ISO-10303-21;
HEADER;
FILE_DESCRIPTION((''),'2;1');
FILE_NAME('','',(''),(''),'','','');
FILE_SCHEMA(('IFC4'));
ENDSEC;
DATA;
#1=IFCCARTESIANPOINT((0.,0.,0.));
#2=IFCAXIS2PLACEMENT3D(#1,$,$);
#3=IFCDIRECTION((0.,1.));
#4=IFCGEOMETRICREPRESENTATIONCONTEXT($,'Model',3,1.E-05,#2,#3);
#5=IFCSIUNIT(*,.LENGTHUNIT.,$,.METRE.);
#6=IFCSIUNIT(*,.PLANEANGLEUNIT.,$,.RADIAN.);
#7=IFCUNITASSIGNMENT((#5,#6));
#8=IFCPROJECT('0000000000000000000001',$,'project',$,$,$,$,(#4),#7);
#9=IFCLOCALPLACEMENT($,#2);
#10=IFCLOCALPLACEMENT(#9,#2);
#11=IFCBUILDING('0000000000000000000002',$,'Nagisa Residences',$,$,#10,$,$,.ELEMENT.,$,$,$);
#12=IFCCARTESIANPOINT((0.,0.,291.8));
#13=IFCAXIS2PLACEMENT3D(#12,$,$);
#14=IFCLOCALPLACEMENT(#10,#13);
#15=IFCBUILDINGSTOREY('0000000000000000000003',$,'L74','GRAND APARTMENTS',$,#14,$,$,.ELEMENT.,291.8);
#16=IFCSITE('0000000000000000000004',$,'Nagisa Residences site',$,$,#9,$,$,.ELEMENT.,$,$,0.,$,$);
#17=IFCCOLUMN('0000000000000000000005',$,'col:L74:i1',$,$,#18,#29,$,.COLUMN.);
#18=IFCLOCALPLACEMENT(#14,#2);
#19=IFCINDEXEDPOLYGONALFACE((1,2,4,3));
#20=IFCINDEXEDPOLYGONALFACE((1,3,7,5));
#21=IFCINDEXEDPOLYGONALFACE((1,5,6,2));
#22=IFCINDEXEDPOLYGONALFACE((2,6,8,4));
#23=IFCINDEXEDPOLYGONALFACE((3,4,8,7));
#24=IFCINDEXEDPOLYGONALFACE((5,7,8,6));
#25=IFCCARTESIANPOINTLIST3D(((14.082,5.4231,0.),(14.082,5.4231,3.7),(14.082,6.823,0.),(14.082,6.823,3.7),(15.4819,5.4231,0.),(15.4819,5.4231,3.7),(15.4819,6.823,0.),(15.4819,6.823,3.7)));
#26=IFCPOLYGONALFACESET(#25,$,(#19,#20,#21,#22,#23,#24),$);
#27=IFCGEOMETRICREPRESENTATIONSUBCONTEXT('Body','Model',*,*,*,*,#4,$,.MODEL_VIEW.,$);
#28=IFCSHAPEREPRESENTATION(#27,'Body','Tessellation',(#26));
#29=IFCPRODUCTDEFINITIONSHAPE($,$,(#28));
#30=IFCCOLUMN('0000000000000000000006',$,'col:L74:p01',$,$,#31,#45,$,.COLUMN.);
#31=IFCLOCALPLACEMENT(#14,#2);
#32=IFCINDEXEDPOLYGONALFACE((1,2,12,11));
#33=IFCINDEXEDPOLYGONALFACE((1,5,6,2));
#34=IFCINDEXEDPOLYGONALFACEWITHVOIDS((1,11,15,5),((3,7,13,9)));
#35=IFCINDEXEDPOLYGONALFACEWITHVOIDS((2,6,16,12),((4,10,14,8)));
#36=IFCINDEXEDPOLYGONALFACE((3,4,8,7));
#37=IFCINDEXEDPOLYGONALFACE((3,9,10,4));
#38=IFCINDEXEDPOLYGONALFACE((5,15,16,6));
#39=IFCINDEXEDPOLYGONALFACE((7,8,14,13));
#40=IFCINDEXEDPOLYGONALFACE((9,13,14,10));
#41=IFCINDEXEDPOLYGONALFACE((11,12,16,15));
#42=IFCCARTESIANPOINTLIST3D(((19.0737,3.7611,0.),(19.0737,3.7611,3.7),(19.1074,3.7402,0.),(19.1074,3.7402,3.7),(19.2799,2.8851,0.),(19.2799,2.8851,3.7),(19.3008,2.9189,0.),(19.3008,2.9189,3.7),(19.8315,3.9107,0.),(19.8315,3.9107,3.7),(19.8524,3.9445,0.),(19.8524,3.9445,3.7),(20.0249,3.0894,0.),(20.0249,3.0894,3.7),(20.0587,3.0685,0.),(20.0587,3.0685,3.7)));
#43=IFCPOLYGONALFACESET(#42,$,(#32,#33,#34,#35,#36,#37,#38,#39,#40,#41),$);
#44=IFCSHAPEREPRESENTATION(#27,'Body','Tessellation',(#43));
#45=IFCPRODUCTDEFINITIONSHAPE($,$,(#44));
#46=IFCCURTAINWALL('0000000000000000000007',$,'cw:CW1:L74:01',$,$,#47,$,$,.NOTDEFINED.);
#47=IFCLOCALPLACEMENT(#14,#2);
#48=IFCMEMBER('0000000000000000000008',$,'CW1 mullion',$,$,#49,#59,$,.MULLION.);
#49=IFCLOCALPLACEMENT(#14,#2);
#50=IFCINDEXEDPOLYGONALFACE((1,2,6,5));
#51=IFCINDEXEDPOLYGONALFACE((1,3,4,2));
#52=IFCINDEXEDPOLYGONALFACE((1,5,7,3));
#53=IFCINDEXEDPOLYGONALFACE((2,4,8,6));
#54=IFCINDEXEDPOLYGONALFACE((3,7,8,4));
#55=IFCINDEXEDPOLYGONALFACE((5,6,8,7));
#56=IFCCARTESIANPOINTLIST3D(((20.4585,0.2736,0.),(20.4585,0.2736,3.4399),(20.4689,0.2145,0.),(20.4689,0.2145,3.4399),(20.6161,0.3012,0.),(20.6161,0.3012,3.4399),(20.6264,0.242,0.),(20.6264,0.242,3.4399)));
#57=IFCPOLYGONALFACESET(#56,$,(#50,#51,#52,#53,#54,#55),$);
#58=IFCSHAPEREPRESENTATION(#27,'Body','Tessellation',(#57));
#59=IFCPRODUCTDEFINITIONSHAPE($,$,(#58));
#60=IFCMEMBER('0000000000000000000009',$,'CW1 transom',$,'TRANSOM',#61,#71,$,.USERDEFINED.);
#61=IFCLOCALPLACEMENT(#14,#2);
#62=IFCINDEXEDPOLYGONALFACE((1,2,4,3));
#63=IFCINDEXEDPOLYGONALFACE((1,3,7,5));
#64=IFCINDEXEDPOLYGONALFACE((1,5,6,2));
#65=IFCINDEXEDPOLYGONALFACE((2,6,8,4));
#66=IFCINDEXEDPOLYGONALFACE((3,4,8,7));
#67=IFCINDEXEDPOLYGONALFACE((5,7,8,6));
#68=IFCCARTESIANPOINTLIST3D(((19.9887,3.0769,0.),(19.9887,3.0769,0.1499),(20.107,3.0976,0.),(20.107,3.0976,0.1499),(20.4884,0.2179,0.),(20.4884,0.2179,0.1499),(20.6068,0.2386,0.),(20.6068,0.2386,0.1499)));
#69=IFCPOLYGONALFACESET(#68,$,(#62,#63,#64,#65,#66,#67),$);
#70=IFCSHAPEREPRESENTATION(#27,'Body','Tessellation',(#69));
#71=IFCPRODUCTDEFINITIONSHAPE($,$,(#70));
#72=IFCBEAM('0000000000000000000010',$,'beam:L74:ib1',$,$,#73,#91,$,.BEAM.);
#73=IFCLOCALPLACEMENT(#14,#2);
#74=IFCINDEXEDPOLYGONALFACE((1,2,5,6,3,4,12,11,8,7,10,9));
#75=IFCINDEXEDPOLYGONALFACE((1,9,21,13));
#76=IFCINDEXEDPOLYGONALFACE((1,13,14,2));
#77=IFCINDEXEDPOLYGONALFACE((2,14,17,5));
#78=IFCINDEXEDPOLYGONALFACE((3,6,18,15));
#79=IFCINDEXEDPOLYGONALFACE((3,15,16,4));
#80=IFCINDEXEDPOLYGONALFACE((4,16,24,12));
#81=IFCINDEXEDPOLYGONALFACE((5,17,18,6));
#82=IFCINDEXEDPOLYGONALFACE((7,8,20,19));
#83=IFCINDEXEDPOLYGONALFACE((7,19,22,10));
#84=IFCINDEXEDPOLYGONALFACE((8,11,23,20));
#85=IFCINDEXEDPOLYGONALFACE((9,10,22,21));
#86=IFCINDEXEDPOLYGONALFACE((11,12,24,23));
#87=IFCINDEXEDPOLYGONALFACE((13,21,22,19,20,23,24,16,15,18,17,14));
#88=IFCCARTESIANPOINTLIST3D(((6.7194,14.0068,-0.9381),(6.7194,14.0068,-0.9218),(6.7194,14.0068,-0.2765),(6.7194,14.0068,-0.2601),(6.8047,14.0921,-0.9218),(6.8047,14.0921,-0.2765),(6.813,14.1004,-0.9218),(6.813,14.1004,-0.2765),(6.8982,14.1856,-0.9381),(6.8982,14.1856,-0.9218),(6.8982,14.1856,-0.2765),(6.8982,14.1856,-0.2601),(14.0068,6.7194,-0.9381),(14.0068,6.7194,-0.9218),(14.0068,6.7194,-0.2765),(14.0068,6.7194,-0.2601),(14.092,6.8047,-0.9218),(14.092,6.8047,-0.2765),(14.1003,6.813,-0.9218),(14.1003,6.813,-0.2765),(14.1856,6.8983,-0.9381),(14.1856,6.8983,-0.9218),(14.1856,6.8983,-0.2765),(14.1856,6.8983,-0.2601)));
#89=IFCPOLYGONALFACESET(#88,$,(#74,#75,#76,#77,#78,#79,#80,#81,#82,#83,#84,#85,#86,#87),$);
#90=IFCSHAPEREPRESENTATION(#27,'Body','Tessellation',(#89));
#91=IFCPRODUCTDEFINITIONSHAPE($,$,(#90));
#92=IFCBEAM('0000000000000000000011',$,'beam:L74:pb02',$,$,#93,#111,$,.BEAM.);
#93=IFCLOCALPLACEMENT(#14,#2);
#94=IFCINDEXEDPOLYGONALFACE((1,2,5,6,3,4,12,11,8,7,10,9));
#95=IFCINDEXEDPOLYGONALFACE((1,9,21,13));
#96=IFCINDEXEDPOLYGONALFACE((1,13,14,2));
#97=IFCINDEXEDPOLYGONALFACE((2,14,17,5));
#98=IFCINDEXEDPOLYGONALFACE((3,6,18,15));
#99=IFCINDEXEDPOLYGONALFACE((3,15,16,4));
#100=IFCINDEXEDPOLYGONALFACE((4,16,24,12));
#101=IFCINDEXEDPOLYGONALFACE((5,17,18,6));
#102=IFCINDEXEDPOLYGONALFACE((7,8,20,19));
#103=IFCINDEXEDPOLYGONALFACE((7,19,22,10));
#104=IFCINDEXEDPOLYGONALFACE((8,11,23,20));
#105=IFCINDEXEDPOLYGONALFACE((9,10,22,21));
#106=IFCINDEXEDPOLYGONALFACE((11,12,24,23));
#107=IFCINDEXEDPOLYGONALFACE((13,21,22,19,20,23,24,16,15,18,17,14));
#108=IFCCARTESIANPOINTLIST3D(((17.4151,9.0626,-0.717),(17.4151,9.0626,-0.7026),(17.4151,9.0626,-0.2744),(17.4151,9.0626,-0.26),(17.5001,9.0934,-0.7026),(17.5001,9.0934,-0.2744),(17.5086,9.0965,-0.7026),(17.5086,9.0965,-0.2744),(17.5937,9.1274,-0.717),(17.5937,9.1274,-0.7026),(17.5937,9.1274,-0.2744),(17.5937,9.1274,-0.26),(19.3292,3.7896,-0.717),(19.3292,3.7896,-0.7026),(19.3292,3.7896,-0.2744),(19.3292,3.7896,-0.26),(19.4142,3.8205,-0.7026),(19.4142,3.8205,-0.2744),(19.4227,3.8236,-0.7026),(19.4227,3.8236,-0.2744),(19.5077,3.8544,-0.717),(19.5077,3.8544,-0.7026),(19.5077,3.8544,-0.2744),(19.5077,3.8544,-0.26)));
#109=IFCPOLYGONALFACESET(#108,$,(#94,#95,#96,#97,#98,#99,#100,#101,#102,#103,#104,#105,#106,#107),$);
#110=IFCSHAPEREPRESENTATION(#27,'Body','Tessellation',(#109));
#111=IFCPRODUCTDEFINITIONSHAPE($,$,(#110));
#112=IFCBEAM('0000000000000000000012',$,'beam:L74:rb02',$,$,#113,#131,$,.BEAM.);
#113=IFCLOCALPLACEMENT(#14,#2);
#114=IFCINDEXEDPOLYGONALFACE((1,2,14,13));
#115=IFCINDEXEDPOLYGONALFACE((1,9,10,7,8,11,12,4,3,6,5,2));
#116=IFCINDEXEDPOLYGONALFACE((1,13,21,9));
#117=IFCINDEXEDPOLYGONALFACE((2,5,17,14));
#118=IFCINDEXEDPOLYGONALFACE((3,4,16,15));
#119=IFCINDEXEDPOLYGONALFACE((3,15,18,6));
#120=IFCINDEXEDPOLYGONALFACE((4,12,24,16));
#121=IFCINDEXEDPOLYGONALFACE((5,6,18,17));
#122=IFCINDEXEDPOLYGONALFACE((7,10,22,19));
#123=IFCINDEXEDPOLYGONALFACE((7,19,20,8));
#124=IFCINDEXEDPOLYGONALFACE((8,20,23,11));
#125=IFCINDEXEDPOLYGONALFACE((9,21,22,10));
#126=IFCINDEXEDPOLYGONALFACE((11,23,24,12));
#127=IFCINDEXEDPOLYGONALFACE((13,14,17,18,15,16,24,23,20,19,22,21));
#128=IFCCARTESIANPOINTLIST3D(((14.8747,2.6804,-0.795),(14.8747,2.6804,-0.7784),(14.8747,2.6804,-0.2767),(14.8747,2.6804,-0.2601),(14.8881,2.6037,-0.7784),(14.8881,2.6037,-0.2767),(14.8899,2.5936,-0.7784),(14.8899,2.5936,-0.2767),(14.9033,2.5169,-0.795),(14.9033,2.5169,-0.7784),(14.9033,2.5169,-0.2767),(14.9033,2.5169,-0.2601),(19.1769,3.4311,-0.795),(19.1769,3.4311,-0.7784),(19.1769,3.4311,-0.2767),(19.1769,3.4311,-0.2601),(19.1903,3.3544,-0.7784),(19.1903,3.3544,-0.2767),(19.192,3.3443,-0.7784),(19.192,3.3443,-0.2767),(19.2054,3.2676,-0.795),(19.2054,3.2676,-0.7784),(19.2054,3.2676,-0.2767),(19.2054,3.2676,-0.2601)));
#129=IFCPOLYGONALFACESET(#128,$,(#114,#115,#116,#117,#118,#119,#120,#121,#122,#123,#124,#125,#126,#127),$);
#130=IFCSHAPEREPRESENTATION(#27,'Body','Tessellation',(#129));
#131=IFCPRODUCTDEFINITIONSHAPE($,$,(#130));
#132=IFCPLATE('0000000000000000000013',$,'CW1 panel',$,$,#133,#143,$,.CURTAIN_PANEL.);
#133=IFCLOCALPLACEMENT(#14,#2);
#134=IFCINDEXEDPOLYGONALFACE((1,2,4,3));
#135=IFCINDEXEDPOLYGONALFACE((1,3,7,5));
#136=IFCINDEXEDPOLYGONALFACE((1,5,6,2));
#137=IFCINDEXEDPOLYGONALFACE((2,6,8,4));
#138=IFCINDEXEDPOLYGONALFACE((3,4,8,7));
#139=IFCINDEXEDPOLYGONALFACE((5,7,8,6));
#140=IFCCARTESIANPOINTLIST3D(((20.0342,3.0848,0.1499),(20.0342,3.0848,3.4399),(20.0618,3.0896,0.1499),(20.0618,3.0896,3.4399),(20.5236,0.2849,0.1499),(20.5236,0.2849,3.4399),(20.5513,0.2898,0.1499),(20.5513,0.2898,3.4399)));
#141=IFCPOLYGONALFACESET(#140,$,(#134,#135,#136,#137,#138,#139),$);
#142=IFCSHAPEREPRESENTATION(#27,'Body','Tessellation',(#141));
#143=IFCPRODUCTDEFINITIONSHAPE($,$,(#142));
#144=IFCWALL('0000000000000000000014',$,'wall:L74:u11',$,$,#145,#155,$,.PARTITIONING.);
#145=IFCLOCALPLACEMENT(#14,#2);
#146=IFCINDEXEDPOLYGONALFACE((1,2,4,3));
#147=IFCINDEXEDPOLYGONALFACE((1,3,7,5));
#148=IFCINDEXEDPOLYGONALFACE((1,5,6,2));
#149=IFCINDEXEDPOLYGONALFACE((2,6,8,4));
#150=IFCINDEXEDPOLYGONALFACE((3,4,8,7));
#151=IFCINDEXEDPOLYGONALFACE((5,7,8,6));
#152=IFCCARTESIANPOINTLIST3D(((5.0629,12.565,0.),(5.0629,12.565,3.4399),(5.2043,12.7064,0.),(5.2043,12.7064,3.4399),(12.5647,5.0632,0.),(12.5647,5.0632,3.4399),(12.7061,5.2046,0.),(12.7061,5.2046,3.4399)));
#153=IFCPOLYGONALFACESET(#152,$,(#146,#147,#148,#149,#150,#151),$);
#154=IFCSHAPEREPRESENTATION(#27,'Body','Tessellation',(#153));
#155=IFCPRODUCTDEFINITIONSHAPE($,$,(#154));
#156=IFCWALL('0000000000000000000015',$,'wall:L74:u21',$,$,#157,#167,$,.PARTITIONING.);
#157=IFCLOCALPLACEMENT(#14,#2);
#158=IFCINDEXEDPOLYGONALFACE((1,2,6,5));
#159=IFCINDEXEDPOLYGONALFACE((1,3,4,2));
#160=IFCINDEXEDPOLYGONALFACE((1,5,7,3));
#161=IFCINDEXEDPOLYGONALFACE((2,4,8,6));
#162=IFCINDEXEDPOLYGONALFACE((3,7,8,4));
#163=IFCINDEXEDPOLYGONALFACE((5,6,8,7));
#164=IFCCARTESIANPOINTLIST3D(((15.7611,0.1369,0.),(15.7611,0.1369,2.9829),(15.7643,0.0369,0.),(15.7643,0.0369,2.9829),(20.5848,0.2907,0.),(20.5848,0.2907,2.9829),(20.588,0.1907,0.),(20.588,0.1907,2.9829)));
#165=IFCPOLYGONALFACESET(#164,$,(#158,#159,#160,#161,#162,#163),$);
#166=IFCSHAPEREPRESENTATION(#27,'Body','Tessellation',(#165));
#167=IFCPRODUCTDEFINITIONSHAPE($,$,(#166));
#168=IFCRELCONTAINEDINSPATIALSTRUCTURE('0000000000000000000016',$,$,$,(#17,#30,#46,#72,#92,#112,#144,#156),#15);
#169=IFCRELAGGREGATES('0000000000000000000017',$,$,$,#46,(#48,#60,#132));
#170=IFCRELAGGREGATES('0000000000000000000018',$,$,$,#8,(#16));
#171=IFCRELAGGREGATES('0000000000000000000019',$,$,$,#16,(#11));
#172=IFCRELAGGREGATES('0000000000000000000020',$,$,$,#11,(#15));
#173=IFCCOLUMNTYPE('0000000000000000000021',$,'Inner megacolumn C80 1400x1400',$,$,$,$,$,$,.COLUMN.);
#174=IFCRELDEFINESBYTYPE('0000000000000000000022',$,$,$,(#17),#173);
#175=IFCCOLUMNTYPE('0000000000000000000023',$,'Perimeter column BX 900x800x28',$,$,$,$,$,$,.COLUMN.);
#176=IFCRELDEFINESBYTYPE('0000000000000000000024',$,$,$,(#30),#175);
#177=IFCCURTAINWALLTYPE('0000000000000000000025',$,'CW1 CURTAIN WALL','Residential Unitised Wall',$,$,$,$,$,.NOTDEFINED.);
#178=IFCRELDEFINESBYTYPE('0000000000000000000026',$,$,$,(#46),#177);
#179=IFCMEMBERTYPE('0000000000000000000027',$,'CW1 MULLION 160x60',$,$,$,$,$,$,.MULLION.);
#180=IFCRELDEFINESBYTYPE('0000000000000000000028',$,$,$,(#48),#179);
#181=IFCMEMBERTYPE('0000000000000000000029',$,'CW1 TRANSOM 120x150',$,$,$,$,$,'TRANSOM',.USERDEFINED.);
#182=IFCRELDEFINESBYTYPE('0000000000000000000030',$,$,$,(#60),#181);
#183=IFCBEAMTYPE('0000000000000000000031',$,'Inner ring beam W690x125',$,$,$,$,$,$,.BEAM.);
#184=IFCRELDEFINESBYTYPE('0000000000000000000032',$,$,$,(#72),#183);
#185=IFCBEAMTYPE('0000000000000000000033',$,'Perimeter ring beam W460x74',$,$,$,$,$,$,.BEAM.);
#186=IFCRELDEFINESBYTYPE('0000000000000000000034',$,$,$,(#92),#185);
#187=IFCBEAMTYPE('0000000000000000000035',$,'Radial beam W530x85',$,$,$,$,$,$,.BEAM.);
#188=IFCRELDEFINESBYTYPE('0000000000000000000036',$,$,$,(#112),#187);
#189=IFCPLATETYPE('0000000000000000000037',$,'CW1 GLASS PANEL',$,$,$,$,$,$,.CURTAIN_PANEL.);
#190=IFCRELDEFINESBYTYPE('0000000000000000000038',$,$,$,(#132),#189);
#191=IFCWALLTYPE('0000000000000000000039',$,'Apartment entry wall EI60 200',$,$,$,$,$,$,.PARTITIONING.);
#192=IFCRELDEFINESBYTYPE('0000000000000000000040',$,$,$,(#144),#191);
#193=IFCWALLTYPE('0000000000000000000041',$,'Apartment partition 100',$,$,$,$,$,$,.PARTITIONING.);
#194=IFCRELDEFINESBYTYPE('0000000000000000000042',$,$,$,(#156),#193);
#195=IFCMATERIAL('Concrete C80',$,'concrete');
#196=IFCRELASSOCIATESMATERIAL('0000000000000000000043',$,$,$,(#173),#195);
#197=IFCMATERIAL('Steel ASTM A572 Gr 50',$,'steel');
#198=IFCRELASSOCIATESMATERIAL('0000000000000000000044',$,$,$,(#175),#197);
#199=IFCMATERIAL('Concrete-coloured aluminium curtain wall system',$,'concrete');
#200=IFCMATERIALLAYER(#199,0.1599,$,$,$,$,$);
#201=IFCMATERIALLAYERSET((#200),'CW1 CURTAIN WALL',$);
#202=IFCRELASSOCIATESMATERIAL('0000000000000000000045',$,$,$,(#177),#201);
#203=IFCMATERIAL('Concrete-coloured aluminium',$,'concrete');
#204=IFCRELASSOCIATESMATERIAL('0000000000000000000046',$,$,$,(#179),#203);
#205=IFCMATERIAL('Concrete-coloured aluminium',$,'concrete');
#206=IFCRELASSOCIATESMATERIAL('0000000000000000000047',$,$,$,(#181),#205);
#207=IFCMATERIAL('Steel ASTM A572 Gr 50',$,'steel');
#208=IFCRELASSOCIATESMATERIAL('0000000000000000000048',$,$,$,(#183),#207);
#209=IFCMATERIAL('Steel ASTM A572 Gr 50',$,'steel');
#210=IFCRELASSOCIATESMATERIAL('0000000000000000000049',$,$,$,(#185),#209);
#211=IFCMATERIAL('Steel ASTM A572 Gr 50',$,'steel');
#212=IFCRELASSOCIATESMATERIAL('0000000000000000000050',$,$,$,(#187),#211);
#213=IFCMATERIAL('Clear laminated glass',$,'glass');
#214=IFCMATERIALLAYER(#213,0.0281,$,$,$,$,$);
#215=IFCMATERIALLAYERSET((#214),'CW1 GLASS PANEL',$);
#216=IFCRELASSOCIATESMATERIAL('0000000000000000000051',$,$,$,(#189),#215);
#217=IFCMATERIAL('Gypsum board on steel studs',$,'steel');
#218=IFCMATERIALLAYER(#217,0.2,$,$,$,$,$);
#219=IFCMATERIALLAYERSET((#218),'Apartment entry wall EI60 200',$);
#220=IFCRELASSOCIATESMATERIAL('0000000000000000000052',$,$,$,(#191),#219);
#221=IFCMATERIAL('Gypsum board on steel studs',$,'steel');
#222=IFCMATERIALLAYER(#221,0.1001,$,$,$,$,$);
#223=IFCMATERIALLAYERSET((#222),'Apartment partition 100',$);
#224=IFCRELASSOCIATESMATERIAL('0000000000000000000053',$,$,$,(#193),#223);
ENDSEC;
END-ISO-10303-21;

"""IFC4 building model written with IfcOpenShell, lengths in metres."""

from ifc_helpers import new_model, si_unit, direction, frame, frame_2d, origin, origin_2d, place, context, subcontext, project, spatial, rectangle, hollow_rectangle, i_section, extrude, material, layer, layer_set, material_profile, profile_set, type_object, element, aggregate, save


model = new_model("IFC4")

# Units and contexts
model_context = context("Model", 3, precision=1e-05, world=origin(), true_north=direction((0.0, 1.0)))
body_context = subcontext(model_context, "Body", "Model", "MODEL_VIEW")
ifc_project = project(units=[si_unit("LENGTHUNIT", "METRE"), si_unit("PLANEANGLEUNIT", "RADIAN")], contexts=[model_context])

# Site, building, storey
site_placement = place(None, origin())
site = spatial("IfcSite", under=ifc_project, at=site_placement, Name="Nagisa Residences site", CompositionType="ELEMENT", RefElevation=0.0)
building_placement = place(site_placement, origin())
building = spatial("IfcBuilding", under=site, at=building_placement, Name="Nagisa Residences", CompositionType="ELEMENT")
storey_placement = place(building_placement, frame((0.0, 0.0, 291.8)))
storey = spatial("IfcBuildingStorey", under=building, at=storey_placement, Name="L74", Description="GRAND APARTMENTS", CompositionType="ELEMENT", Elevation=291.8)

# Columns
ifc_material_1 = material(Name="Concrete C80", Category="concrete")
ifc_material_profile_1 = material_profile(ifc_material_1, rectangle(XDim=1.3999, YDim=1.3999, at=origin_2d()), Name="C80 1400x1400")
ifc_profile_set_1 = profile_set([ifc_material_profile_1], Name="Concrete C80")
column_type_1 = type_object("IfcColumnType", Name="Inner megacolumn C80 1400x1400", PredefinedType="COLUMN", material=ifc_profile_set_1)
column_1_placement = place(storey_placement, frame((14.782, 6.123, 0.0), z_axis=(0.0, 0.0, 1.0), x_axis=(1.0, 0.0, 0.0)))
element("IfcColumn", 1, at=column_1_placement, inside=storey, type_object=column_type_1, Name="col:L74:i1", PredefinedType="COLUMN", context=body_context, shape_type="SweptSolid", body=[
    extrude(rectangle(XDim=1.3999, YDim=1.3999, at=origin_2d()), origin(), (0.0, 0.0, 1.0), 3.7),
])
ifc_material_2 = material(Name="Steel ASTM A572 Gr 50", Category="steel")
ifc_material_profile_2 = material_profile(ifc_material_2, hollow_rectangle(XDim=0.8999, YDim=0.8, WallThickness=0.0281, at=origin_2d()), Name="BX 900x800x28")
ifc_profile_set_2 = profile_set([ifc_material_profile_2], Name="Steel ASTM A572 Gr 50")
column_type_2 = type_object("IfcColumnType", Name="Perimeter column BX 900x800x28", PredefinedType="COLUMN", material=ifc_profile_set_2)
column_2_placement = place(storey_placement, frame((19.5662, 3.4148, 0.0), z_axis=(0.0, 0.0, 1.0), x_axis=(-0.229202, 0.973379, 0.0)))
element("IfcColumn", 2, at=column_2_placement, inside=storey, type_object=column_type_2, Name="col:L74:p01", PredefinedType="COLUMN", context=body_context, shape_type="SweptSolid", body=[
    extrude(hollow_rectangle(XDim=0.8999, YDim=0.8, WallThickness=0.0281, at=origin_2d()), origin(), (0.0, 0.0, 1.0), 3.7),
])

# Curtain wall, members
ifc_material_3 = material(Name="Concrete-coloured aluminium curtain wall system", Category="concrete")
ifc_layer_1 = layer(ifc_material_3, 0.1599)
ifc_layer_set_1 = layer_set([ifc_layer_1], Name="CW1 CURTAIN WALL")
curtain_wall_type = type_object("IfcCurtainWallType", Name="CW1 CURTAIN WALL", Description="Residential Unitised Wall", PredefinedType="NOTDEFINED", material=ifc_layer_set_1)
curtain_wall_placement = place(storey_placement, origin())
curtain_wall = element("IfcCurtainWall", 3, at=curtain_wall_placement, inside=storey, type_object=curtain_wall_type, Name="cw:CW1:L74:01", PredefinedType="NOTDEFINED")
ifc_material_4 = material(Name="Concrete-coloured aluminium", Category="concrete")
ifc_material_profile_3 = material_profile(ifc_material_4, rectangle(XDim=0.1599, YDim=0.0601, at=origin_2d()), Name="CW1 MULLION 160x60")
ifc_profile_set_3 = profile_set([ifc_material_profile_3], Name="Concrete-coloured aluminium")
member_type_1 = type_object("IfcMemberType", Name="CW1 MULLION 160x60", PredefinedType="MULLION", material=ifc_profile_set_3)
member_1_placement = place(storey_placement, frame((20.5425, 0.2578, 0.0), z_axis=(0.0, 0.0, 1.0), x_axis=(-0.985064, -0.172191, 0.0)))
member_1 = element("IfcMember", 4, at=member_1_placement, type_object=member_type_1, Name="CW1 mullion", PredefinedType="MULLION", context=body_context, shape_type="SweptSolid", body=[
    extrude(rectangle(XDim=0.1599, YDim=0.0601, at=origin_2d()), origin(), (0.0, 0.0, 1.0), 3.4399),
])
ifc_material_5 = material(Name="Concrete-coloured aluminium", Category="concrete")
ifc_material_profile_4 = material_profile(ifc_material_5, rectangle(XDim=0.1201, YDim=0.1499, at=origin_2d()), Name="CW1 TRANSOM 120x150")
ifc_profile_set_4 = profile_set([ifc_material_profile_4], Name="Concrete-coloured aluminium")
member_type_2 = type_object("IfcMemberType", Name="CW1 TRANSOM 120x150", ElementType="TRANSOM", PredefinedType="USERDEFINED", material=ifc_profile_set_4)
member_2_placement = place(storey_placement, frame((20.5476, 0.2283, 0.075), z_axis=(-0.172197, 0.985063, 0.0), x_axis=(-0.985063, -0.172197, 0.0)))
member_2 = element("IfcMember", 5, at=member_2_placement, type_object=member_type_2, Name="CW1 transom", ObjectType="TRANSOM", PredefinedType="USERDEFINED", context=body_context, shape_type="SweptSolid", body=[
    extrude(rectangle(XDim=0.1201, YDim=0.1499, at=origin_2d()), origin(), (0.0, 0.0, 1.0), 2.9023),
])

# Beams
ifc_material_6 = material(Name="Steel ASTM A572 Gr 50", Category="steel")
ifc_material_profile_5 = material_profile(ifc_material_6, i_section(OverallWidth=0.2529, OverallDepth=0.678, WebThickness=0.0117, FlangeThickness=0.0164, at=origin_2d()), Name="W690x125")
ifc_profile_set_5 = profile_set([ifc_material_profile_5], Name="Steel ASTM A572 Gr 50")
beam_type_1 = type_object("IfcBeamType", Name="Inner ring beam W690x125", PredefinedType="BEAM", material=ifc_profile_set_5)
beam_1_placement = place(storey_placement, frame((14.0962, 6.8088, -0.5991), z_axis=(-0.707107, 0.707107, 0.0), x_axis=(-0.707107, -0.707107, 0.0)))
element("IfcBeam", 6, at=beam_1_placement, inside=storey, type_object=beam_type_1, Name="beam:L74:ib1", PredefinedType="BEAM", context=body_context, shape_type="SweptSolid", body=[
    extrude(i_section(OverallWidth=0.2529, OverallDepth=0.678, WebThickness=0.0117, FlangeThickness=0.0164, at=origin_2d()), origin(), (0.0, 0.0, 1.0), 10.3059),
])
ifc_material_7 = material(Name="Steel ASTM A572 Gr 50", Category="steel")
ifc_material_profile_6 = material_profile(ifc_material_7, i_section(OverallWidth=0.1899, OverallDepth=0.457, WebThickness=0.009, FlangeThickness=0.0144, at=origin_2d()), Name="W460x74")
ifc_profile_set_6 = profile_set([ifc_material_profile_6], Name="Steel ASTM A572 Gr 50")
beam_type_2 = type_object("IfcBeamType", Name="Perimeter ring beam W460x74", PredefinedType="BEAM", material=ifc_profile_set_6)
beam_2_placement = place(storey_placement, frame((19.4185, 3.822, -0.4885), z_axis=(-0.341212, 0.939986, 0.0), x_axis=(-0.939986, -0.341212, 0.0)))
element("IfcBeam", 7, at=beam_2_placement, inside=storey, type_object=beam_type_2, Name="beam:L74:pb02", PredefinedType="BEAM", context=body_context, shape_type="SweptSolid", body=[
    extrude(i_section(OverallWidth=0.1899, OverallDepth=0.457, WebThickness=0.009, FlangeThickness=0.0144, at=origin_2d()), origin(), (0.0, 0.0, 1.0), 5.6096),
])
ifc_material_8 = material(Name="Steel ASTM A572 Gr 50", Category="steel")
ifc_material_profile_7 = material_profile(ifc_material_8, i_section(OverallWidth=0.166, OverallDepth=0.5349, WebThickness=0.0103, FlangeThickness=0.0166, at=origin_2d()), Name="W530x85")
ifc_profile_set_7 = profile_set([ifc_material_profile_7], Name="Steel ASTM A572 Gr 50")
beam_type_3 = type_object("IfcBeamType", Name="Radial beam W530x85", PredefinedType="BEAM", material=ifc_profile_set_7)
beam_3_placement = place(storey_placement, frame((19.1912, 3.3494, -0.5276), z_axis=(-0.985114, -0.1719, 0.0), x_axis=(0.1719, -0.985114, 0.0)))
element("IfcBeam", 8, at=beam_3_placement, inside=storey, type_object=beam_type_3, Name="beam:L74:rb02", PredefinedType="BEAM", context=body_context, shape_type="SweptSolid", body=[
    extrude(i_section(OverallWidth=0.166, OverallDepth=0.5349, WebThickness=0.0103, FlangeThickness=0.0166, at=origin_2d()), origin(), (0.0, 0.0, 1.0), 4.3672),
])

# Plate
ifc_material_9 = material(Name="Clear laminated glass", Category="glass")
ifc_layer_2 = layer(ifc_material_9, 0.0281)
ifc_layer_set_2 = layer_set([ifc_layer_2], Name="CW1 GLASS PANEL")
plate_type = type_object("IfcPlateType", Name="CW1 GLASS PANEL", PredefinedType="CURTAIN_PANEL", material=ifc_layer_set_2)
plate_placement = place(storey_placement, frame((20.2927, 1.6873, 0.1499), z_axis=(0.0, 0.0, 1.0), x_axis=(-0.172191, 0.985064, 0.0)))
plate = element("IfcPlate", 9, at=plate_placement, type_object=plate_type, Name="CW1 panel", PredefinedType="CURTAIN_PANEL", context=body_context, shape_type="SweptSolid", body=[
    extrude(rectangle(XDim=2.8423, YDim=0.0281, at=origin_2d()), origin(), (0.0, 0.0, 1.0), 3.29),
])
aggregate(curtain_wall, [member_1, member_2, plate])

# Walls
ifc_material_10 = material(Name="Gypsum board on steel studs", Category="steel")
ifc_layer_3 = layer(ifc_material_10, 0.2)
ifc_layer_set_3 = layer_set([ifc_layer_3], Name="Apartment entry wall EI60 200")
wall_type_1 = type_object("IfcWallType", Name="Apartment entry wall EI60 200", PredefinedType="PARTITIONING", material=ifc_layer_set_3)
wall_1_placement = place(storey_placement, frame((12.6355, 5.1338, 0.0), z_axis=(0.0, 0.0, 1.0), x_axis=(-0.707107, 0.707107, 0.0)))
element("IfcWall", 10, at=wall_1_placement, inside=storey, type_object=wall_type_1, Name="wall:L74:u11", PredefinedType="PARTITIONING", context=body_context, shape_type="SweptSolid", body=[
    extrude(rectangle(XDim=10.6091, YDim=0.2, at=frame_2d((5.3047, 0.0))), origin(), (0.0, 0.0, 1.0), 3.4399),
])
ifc_material_11 = material(Name="Gypsum board on steel studs", Category="steel")
ifc_layer_4 = layer(ifc_material_11, 0.1001)
ifc_layer_set_4 = layer_set([ifc_layer_4], Name="Apartment partition 100")
wall_type_2 = type_object("IfcWallType", Name="Apartment partition 100", PredefinedType="PARTITIONING", material=ifc_layer_set_4)
wall_2_placement = place(storey_placement, frame((15.7627, 0.0869, 0.0), z_axis=(0.0, 0.0, 1.0), x_axis=(0.999492, 0.03187, 0.0)))
element("IfcWall", 11, at=wall_2_placement, inside=storey, type_object=wall_type_2, Name="wall:L74:u21", PredefinedType="PARTITIONING", context=body_context, shape_type="SweptSolid", body=[
    extrude(rectangle(XDim=4.8262, YDim=0.1001, at=frame_2d((2.4131, 0.0))), origin(), (0.0, 0.0, 1.0), 2.9829),
])

save(model, "model.ifc")
